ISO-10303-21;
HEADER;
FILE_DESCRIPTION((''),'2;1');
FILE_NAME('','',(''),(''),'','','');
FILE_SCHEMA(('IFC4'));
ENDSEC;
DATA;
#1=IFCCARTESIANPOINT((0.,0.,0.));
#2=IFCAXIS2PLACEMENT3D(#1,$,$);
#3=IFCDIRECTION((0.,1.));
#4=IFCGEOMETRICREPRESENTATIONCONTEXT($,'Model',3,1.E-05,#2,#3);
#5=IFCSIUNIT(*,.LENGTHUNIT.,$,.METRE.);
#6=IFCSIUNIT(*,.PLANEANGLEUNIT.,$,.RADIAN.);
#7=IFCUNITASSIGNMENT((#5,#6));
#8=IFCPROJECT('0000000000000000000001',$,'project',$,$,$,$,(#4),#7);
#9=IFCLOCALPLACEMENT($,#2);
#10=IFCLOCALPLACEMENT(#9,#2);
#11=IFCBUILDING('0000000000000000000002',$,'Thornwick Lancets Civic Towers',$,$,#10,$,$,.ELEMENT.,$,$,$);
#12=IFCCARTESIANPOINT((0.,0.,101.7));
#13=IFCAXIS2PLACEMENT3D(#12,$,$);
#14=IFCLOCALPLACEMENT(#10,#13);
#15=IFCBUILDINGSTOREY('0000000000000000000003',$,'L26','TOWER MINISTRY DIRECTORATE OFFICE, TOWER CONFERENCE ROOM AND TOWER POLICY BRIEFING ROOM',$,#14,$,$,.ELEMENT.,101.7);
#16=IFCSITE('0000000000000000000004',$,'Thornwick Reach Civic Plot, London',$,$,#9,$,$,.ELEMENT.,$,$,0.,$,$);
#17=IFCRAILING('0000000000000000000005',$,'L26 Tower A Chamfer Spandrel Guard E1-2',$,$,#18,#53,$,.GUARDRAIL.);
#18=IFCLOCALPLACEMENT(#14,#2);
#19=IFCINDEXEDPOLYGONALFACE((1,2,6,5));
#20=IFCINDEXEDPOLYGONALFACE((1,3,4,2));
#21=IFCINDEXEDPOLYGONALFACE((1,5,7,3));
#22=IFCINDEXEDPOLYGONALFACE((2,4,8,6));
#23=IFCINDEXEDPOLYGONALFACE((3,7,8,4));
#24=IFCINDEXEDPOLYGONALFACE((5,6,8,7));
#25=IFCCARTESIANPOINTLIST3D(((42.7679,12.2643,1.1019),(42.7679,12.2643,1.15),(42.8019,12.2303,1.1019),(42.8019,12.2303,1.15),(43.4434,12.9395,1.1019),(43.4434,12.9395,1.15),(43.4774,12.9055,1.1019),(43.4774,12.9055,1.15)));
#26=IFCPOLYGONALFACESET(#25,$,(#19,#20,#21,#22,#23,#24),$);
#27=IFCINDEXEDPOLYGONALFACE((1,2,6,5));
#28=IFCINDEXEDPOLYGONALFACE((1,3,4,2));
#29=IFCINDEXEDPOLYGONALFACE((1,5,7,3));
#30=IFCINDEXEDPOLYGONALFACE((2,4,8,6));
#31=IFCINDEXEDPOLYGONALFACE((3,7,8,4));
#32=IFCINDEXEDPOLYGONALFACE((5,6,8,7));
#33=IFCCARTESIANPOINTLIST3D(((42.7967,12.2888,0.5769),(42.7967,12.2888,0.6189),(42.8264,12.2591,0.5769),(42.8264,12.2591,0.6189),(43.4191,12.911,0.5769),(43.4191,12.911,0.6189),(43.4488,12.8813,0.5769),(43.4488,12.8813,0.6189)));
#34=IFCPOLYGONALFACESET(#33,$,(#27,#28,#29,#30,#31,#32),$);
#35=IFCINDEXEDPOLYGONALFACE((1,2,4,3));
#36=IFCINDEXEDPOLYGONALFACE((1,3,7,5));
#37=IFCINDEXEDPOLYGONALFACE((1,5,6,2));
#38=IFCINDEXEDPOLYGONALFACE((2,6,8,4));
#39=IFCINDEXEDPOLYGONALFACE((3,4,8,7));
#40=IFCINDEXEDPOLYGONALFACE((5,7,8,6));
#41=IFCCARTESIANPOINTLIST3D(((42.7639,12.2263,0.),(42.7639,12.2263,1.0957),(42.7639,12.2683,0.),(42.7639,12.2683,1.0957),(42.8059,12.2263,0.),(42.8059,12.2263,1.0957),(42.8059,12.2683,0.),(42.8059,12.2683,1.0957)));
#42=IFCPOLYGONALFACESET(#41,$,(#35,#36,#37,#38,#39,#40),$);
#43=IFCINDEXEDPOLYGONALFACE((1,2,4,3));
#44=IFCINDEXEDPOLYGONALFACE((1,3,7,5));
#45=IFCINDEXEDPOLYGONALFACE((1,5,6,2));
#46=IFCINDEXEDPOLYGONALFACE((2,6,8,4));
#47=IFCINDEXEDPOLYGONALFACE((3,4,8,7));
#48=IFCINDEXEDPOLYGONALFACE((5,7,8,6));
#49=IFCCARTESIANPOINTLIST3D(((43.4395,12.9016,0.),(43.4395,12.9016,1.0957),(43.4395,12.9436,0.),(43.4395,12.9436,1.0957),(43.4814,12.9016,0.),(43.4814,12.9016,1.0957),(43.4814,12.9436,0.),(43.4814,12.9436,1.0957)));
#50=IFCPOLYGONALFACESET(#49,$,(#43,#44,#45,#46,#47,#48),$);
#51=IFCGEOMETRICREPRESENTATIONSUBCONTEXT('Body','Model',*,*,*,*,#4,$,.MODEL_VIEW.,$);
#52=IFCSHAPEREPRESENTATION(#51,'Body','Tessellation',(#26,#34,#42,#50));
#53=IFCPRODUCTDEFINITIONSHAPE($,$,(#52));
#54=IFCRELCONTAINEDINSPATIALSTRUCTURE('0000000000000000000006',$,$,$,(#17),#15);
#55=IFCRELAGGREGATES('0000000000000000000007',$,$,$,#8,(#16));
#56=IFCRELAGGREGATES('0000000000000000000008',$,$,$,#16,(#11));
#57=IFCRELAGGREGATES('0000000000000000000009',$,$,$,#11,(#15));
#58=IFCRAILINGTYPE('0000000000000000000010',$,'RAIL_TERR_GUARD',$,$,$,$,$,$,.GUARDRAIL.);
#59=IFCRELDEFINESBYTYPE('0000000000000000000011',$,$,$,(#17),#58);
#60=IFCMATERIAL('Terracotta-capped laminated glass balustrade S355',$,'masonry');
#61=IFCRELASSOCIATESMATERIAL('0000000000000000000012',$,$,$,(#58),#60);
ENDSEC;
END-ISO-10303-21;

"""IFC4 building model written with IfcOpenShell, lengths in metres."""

from ifc_helpers import new_model, si_unit, direction, frame, origin, origin_2d, place, context, subcontext, project, spatial, rectangle, extrude, material, type_object, element, save


model = new_model("IFC4")

# Units and contexts
model_context = context("Model", 3, precision=1e-05, world=origin(), true_north=direction((0.0, 1.0)))
body_context = subcontext(model_context, "Body", "Model", "MODEL_VIEW")
ifc_project = project(units=[si_unit("LENGTHUNIT", "METRE"), si_unit("PLANEANGLEUNIT", "RADIAN")], contexts=[model_context])

# Site, building, storey
site_placement = place(None, origin())
site = spatial("IfcSite", under=ifc_project, at=site_placement, Name="Thornwick Reach Civic Plot, London", CompositionType="ELEMENT", RefElevation=0.0)
building_placement = place(site_placement, origin())
building = spatial("IfcBuilding", under=site, at=building_placement, Name="Thornwick Lancets Civic Towers", CompositionType="ELEMENT")
storey_placement = place(building_placement, frame((0.0, 0.0, 101.7)))
storey = spatial("IfcBuildingStorey", under=building, at=storey_placement, Name="L26", Description="TOWER MINISTRY DIRECTORATE OFFICE, TOWER CONFERENCE ROOM AND TOWER POLICY BRIEFING ROOM", CompositionType="ELEMENT", Elevation=101.7)

# Railing
ifc_material_1 = material(Name="Terracotta-capped laminated glass balustrade S355", Category="masonry")
railing_type = type_object("IfcRailingType", Name="RAIL_TERR_GUARD", PredefinedType="GUARDRAIL", material=ifc_material_1)
railing_1_placement = place(storey_placement, frame((42.7849, 12.2473, 0.0)))
element("IfcRailing", 1, at=railing_1_placement, inside=storey, type_object=railing_type, Name="L26 Tower A Chamfer Spandrel Guard E1-2", PredefinedType="GUARDRAIL", context=body_context, shape_type="SweptSolid", body=[
    extrude(rectangle(XDim=0.0481, YDim=0.0481, at=origin_2d()), frame((0.0, 0.0, 1.126), z_axis=(0.707235, 0.706979, 0.0), x_axis=(-0.706979, 0.707235, 0.0)), (0.0, 0.0, 1.0), 0.9551),
    extrude(rectangle(XDim=0.042, YDim=0.042, at=origin_2d()), frame((0.0266, 0.0266, 0.5979), z_axis=(0.707235, 0.706979, 0.0), x_axis=(-0.706979, 0.707235, 0.0)), (0.0, 0.0, 1.0), 0.8801),
    extrude(rectangle(XDim=0.042, YDim=0.042, at=origin_2d()), origin(), (0.0, 0.0, 1.0), 1.0957),
    extrude(rectangle(XDim=0.042, YDim=0.042, at=origin_2d()), frame((0.6755, 0.6753, 0.0)), (0.0, 0.0, 1.0), 1.0957),
])

save(model, "model.ifc")
